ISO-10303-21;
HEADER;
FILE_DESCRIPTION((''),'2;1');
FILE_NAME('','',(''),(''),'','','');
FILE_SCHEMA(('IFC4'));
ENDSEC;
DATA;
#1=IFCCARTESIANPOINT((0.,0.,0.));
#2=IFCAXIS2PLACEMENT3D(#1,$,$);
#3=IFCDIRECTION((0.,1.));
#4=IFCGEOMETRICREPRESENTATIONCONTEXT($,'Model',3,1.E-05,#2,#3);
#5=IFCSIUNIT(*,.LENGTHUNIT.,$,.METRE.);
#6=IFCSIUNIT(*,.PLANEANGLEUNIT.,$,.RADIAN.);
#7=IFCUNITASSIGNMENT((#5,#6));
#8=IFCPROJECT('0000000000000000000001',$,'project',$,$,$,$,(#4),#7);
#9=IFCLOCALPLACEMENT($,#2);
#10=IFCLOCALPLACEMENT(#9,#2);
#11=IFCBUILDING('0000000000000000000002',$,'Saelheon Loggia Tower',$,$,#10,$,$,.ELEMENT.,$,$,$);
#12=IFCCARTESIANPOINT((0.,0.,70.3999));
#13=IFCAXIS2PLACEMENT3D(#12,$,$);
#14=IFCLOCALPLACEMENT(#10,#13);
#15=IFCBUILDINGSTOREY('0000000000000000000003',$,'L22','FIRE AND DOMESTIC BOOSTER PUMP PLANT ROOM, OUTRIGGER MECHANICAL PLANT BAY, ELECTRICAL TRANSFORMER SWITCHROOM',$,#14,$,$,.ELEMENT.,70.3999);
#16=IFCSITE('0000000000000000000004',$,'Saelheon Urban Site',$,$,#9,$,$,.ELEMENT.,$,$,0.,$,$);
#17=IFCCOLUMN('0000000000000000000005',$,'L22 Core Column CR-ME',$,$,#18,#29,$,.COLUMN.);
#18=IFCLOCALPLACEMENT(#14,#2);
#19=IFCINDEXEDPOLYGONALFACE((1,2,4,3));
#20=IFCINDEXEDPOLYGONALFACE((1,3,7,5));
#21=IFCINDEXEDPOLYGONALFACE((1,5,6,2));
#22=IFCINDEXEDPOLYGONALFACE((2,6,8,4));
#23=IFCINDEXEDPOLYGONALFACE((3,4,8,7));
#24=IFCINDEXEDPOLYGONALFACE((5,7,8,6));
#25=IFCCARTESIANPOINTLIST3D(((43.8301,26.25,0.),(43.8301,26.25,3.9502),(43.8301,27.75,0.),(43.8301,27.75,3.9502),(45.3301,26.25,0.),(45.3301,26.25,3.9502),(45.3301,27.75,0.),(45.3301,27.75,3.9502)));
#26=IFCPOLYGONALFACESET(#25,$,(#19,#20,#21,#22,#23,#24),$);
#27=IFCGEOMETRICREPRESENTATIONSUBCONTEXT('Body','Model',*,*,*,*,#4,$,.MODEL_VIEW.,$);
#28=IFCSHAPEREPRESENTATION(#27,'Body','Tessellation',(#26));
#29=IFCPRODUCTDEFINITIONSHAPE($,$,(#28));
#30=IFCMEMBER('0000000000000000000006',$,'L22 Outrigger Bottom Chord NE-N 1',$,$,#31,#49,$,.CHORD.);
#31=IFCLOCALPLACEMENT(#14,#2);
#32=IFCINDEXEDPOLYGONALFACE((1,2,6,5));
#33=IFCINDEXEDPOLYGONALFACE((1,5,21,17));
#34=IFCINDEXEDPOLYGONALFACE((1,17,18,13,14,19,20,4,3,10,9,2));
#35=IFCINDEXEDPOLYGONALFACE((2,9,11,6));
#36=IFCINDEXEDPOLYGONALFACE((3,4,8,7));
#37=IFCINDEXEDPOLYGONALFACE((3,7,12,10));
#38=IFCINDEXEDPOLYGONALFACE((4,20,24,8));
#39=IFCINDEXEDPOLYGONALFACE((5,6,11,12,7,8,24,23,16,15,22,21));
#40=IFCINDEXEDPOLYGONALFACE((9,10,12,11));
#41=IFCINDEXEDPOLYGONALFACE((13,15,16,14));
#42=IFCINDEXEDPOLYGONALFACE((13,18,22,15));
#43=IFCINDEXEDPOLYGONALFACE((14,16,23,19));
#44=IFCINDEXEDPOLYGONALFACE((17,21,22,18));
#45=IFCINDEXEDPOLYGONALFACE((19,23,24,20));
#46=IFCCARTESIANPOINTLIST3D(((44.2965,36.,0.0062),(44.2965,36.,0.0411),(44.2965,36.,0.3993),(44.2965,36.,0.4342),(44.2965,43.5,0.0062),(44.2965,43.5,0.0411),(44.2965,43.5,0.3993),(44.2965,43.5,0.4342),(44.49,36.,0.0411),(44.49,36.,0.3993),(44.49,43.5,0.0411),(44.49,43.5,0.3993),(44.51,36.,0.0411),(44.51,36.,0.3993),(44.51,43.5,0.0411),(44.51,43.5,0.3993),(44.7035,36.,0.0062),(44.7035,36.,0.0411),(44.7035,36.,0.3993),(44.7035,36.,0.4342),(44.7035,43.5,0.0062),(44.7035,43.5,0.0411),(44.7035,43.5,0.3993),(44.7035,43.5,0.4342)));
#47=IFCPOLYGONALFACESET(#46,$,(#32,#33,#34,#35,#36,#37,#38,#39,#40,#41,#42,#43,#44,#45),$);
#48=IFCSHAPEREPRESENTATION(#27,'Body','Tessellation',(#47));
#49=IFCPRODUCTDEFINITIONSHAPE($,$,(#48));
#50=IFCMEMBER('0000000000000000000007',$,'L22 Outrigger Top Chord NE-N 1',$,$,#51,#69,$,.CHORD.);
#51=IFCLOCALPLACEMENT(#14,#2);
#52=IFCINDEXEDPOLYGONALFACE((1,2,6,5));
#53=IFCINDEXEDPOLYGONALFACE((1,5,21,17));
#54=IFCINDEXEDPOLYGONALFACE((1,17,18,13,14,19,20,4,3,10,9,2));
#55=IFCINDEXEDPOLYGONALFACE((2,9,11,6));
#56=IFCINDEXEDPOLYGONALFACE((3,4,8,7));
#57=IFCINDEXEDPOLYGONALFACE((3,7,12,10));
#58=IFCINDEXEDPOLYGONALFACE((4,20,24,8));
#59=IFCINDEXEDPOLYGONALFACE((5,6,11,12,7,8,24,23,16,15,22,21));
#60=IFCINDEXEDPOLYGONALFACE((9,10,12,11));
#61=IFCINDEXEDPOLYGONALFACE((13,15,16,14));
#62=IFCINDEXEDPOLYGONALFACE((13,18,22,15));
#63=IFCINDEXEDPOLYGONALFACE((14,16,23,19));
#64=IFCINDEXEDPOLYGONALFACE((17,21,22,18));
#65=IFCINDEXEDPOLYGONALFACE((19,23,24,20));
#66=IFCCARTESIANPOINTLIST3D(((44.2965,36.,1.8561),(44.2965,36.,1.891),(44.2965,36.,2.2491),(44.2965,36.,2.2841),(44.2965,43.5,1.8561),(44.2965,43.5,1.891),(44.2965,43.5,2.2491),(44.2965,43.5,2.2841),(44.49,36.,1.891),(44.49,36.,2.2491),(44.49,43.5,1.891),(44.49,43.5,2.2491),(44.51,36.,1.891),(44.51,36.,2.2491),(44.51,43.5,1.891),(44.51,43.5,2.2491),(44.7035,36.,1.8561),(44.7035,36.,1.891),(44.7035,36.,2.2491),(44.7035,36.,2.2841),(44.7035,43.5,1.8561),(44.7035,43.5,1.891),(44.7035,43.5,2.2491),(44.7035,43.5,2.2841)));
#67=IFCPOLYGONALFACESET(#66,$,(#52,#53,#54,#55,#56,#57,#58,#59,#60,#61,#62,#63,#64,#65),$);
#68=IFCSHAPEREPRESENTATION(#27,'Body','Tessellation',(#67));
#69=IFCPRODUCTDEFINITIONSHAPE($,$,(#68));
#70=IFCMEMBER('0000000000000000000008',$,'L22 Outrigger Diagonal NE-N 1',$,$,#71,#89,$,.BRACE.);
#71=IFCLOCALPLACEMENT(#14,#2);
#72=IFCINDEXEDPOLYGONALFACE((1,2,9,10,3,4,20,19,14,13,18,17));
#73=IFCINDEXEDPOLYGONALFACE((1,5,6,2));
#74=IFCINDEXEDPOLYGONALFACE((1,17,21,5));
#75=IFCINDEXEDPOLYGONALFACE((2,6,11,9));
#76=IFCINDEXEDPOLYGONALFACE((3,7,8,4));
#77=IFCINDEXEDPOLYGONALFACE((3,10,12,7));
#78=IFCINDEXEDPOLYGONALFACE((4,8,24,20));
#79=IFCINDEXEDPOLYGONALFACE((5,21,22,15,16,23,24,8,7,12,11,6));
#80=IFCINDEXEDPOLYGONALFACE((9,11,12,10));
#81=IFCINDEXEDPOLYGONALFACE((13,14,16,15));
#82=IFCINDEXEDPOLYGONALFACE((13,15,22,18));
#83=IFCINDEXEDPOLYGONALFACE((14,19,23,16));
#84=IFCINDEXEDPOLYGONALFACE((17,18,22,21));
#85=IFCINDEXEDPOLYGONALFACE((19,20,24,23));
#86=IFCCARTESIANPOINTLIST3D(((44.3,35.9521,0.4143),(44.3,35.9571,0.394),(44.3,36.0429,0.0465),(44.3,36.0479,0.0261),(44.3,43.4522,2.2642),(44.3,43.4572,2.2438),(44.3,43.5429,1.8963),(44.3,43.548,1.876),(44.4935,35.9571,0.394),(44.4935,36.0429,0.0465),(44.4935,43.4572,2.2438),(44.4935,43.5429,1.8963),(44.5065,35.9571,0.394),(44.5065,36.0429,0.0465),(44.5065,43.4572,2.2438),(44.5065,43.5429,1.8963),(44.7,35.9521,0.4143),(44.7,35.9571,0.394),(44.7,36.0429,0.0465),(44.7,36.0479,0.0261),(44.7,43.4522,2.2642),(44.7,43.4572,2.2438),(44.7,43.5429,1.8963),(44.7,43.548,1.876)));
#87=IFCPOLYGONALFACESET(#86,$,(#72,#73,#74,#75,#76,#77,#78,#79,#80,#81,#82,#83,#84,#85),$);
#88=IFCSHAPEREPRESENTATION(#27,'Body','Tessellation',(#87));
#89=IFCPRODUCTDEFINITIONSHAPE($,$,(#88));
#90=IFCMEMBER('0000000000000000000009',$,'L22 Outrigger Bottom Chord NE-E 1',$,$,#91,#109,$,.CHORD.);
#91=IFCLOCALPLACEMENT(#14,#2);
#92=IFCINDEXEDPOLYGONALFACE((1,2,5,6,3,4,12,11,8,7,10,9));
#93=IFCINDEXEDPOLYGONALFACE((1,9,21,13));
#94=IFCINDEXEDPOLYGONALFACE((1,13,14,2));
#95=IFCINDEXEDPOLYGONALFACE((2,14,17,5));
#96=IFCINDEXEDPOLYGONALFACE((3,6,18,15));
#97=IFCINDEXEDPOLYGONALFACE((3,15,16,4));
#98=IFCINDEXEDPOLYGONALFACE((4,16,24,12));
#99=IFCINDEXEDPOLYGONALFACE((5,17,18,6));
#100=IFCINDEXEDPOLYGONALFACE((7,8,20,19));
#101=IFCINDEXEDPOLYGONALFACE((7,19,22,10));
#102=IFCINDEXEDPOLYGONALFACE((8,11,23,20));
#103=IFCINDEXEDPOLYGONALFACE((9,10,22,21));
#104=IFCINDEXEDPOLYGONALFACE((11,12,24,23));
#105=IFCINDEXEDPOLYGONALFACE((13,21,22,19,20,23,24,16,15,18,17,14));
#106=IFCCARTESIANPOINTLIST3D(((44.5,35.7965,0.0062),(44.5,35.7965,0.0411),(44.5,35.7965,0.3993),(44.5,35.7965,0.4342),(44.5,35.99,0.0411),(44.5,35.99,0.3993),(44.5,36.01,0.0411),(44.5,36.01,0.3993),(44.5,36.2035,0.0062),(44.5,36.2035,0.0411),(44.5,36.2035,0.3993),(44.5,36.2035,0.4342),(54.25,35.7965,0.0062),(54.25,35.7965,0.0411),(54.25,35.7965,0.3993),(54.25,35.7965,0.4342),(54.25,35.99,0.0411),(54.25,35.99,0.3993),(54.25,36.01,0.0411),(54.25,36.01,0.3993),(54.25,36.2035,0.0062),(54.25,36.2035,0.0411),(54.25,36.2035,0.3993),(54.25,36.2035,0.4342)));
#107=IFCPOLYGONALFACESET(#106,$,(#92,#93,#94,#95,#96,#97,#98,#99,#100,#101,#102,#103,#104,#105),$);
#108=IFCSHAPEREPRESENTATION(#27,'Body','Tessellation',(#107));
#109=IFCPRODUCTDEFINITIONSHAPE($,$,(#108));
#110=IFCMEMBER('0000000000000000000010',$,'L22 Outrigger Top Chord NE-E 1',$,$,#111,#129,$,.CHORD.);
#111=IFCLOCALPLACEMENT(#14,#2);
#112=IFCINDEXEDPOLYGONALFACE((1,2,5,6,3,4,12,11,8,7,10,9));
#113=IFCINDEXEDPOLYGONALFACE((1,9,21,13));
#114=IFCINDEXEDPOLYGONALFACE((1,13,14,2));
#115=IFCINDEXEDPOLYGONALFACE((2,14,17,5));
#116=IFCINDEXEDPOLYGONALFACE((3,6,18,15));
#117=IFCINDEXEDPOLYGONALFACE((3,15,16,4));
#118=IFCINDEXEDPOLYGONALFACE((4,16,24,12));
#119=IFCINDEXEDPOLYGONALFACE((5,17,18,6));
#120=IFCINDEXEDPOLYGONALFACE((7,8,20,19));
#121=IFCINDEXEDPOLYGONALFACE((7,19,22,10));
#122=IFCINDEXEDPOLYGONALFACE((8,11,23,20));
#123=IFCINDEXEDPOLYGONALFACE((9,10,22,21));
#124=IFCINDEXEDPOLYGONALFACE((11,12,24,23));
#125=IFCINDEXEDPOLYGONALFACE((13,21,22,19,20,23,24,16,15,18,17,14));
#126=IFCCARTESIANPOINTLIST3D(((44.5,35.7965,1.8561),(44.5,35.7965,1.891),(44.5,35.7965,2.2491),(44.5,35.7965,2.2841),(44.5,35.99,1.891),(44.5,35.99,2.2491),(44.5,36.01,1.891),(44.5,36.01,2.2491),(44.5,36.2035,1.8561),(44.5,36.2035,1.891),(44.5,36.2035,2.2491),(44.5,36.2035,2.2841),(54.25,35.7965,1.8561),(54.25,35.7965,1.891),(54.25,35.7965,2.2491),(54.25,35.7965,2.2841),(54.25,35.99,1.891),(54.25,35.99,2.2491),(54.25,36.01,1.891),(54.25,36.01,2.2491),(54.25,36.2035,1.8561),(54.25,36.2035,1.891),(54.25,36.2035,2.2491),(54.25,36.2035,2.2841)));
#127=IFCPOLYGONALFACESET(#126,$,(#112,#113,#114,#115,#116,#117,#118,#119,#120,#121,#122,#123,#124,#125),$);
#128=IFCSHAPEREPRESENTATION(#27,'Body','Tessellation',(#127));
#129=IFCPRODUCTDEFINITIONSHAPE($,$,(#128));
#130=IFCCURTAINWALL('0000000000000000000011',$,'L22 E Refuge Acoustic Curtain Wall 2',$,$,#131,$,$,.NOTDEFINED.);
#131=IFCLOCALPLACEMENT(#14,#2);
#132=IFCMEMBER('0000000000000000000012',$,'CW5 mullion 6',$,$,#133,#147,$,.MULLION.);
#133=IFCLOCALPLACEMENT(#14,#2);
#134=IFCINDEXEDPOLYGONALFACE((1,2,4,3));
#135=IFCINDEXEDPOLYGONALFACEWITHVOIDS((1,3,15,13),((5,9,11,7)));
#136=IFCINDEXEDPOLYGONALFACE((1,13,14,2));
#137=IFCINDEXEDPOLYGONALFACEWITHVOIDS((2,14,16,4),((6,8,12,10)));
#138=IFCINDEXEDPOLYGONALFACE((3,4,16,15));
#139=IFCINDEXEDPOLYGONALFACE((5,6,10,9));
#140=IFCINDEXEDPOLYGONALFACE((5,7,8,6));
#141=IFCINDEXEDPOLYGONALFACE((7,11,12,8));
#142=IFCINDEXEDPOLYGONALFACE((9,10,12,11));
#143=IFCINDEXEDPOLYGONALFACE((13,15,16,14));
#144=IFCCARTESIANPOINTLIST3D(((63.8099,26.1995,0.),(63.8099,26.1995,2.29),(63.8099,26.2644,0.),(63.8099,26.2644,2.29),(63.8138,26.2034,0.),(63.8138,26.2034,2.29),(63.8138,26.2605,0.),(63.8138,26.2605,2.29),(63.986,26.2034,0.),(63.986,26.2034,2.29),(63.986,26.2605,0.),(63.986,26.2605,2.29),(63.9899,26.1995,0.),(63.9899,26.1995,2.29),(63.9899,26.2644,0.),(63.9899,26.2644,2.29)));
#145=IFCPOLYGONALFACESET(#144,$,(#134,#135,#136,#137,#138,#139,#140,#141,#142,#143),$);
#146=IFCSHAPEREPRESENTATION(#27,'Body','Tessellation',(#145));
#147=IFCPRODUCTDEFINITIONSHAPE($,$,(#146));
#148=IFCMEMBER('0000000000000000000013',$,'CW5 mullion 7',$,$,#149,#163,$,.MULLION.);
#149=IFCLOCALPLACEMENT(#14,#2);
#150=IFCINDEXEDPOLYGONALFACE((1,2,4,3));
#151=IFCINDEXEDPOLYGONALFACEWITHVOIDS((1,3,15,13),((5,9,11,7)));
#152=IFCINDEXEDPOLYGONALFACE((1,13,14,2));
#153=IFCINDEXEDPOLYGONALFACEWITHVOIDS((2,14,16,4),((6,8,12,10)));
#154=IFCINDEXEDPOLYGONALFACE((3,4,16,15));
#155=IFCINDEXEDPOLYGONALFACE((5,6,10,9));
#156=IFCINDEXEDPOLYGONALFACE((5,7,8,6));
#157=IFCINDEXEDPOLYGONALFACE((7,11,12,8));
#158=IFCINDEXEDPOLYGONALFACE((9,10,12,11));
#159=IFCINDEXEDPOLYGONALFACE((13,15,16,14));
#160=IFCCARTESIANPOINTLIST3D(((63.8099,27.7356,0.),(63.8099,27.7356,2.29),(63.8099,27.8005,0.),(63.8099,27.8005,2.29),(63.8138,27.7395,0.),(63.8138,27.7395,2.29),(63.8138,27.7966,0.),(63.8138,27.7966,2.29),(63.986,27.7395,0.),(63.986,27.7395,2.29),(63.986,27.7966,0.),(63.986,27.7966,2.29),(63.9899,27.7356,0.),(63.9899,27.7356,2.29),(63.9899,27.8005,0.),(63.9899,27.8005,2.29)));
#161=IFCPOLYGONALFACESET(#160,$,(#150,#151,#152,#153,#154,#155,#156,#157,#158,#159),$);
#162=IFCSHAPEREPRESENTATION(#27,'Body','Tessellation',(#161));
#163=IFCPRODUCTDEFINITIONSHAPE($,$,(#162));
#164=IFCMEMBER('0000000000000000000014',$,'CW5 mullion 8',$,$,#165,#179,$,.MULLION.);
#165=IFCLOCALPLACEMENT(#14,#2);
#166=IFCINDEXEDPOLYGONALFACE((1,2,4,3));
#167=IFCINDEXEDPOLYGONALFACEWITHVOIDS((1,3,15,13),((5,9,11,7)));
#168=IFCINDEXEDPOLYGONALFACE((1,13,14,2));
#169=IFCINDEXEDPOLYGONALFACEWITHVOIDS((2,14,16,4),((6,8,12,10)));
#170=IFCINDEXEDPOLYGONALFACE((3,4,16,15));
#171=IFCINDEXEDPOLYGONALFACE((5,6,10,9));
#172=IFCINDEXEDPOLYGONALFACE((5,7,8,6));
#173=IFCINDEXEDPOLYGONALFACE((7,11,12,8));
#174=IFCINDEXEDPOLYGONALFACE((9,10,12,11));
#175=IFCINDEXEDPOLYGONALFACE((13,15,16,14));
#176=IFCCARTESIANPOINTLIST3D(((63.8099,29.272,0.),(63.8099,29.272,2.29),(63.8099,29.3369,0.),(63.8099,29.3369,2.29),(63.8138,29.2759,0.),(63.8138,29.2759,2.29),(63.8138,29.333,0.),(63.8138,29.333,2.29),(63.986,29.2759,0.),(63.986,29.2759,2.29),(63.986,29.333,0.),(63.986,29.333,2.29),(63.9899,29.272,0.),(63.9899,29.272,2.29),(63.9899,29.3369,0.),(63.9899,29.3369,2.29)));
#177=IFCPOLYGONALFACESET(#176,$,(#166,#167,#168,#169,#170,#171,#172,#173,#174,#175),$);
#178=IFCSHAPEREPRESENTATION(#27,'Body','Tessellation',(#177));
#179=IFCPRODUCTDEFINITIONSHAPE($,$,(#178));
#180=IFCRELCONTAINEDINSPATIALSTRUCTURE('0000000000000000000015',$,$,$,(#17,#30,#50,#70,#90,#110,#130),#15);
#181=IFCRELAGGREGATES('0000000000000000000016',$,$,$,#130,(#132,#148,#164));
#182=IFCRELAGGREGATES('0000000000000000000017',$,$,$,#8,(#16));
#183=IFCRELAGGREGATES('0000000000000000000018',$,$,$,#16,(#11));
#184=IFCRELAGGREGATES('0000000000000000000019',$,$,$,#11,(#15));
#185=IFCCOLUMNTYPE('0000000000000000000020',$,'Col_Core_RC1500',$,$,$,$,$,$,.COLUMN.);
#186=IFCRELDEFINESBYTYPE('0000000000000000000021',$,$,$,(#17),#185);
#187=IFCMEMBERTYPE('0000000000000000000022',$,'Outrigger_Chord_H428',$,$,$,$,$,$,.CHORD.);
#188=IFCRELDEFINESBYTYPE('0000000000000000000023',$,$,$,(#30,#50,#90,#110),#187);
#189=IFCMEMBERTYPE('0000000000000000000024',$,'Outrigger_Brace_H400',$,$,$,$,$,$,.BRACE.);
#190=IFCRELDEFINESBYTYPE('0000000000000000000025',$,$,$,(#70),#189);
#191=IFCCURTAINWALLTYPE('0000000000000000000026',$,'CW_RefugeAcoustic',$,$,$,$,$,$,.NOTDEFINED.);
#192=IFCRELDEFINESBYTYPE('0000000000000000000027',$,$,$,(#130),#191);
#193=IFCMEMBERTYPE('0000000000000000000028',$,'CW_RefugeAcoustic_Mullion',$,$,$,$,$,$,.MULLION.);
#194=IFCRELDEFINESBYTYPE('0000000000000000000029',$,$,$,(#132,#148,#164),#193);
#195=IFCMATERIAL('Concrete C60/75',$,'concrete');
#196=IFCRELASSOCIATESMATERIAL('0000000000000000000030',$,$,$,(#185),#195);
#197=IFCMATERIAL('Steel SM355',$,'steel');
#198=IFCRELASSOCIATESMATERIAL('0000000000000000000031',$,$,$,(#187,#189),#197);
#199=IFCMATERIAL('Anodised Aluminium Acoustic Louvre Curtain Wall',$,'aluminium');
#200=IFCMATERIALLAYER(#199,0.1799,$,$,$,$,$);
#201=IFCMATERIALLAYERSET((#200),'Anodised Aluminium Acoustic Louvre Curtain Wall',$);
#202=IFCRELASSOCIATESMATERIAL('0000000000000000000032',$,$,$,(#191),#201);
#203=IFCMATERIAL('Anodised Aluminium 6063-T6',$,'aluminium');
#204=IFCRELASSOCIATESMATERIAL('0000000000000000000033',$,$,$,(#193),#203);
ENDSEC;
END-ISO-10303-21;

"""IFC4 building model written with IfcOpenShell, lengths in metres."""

from ifc_helpers import new_model, si_unit, direction, frame, origin, origin_2d, place, context, subcontext, project, spatial, rectangle, hollow_rectangle, i_section, extrude, source, transform, mapped, material, layer, layer_set, material_profile, profile_set, type_object, element, aggregate, save


model = new_model("IFC4")

# Units and contexts
model_context = context("Model", 3, precision=1e-05, world=origin(), true_north=direction((0.0, 1.0)))
body_context = subcontext(model_context, "Body", "Model", "MODEL_VIEW")
ifc_project = project(units=[si_unit("LENGTHUNIT", "METRE"), si_unit("PLANEANGLEUNIT", "RADIAN")], contexts=[model_context])

# Site, building, storey
site_placement = place(None, origin())
site = spatial("IfcSite", under=ifc_project, at=site_placement, Name="Saelheon Urban Site", CompositionType="ELEMENT", RefElevation=0.0)
building_placement = place(site_placement, origin())
building = spatial("IfcBuilding", under=site, at=building_placement, Name="Saelheon Loggia Tower", CompositionType="ELEMENT")
storey_placement = place(building_placement, frame((0.0, 0.0, 70.3999)))
storey = spatial("IfcBuildingStorey", under=building, at=storey_placement, Name="L22", Description="FIRE AND DOMESTIC BOOSTER PUMP PLANT ROOM, OUTRIGGER MECHANICAL PLANT BAY, ELECTRICAL TRANSFORMER SWITCHROOM", CompositionType="ELEMENT", Elevation=70.3999)

# Column
ifc_material_1 = material(Name="Concrete C60/75", Category="concrete")
ifc_material_profile_1 = material_profile(ifc_material_1, rectangle(XDim=1.5, YDim=1.5, at=origin_2d()), Name="RC-1500x1500")
ifc_profile_set_1 = profile_set([ifc_material_profile_1], Name="Concrete C60/75")
column_type = type_object("IfcColumnType", Name="Col_Core_RC1500", PredefinedType="COLUMN", material=ifc_profile_set_1)
shared_shape_1 = source(origin(), body_context, "Body", "SweptSolid", [
    extrude(rectangle(XDim=1.5, YDim=1.5, at=origin_2d()), origin(), (0.0, 0.0, 1.0), 3.9502),
])
column_placement = place(storey_placement, frame((44.5801, 27.0, 0.0), z_axis=(0.0, 0.0, 1.0), x_axis=(1.0, 0.0, 0.0)))
element("IfcColumn", 1, at=column_placement, inside=storey, type_object=column_type, Name="L22 Core Column CR-ME", PredefinedType="COLUMN", context=body_context, shape_type="MappedRepresentation", body=[
    mapped(shared_shape_1, transform((0.0, 0.0, 0.0), scale=1.0)),
])

# Members
ifc_material_2 = material(Name="Steel SM355", Category="steel")
ifc_material_profile_2 = material_profile(ifc_material_2, i_section(OverallWidth=0.407, OverallDepth=0.428, WebThickness=0.02, FlangeThickness=0.0349, at=origin_2d()), Name="H-428x407x20x35")
ifc_profile_set_2 = profile_set([ifc_material_profile_2], Name="Steel SM355")
member_type_1 = type_object("IfcMemberType", Name="Outrigger_Chord_H428", PredefinedType="CHORD", material=ifc_profile_set_2)
shared_shape_2 = source(origin(), body_context, "Body", "SweptSolid", [
    extrude(i_section(OverallWidth=0.407, OverallDepth=0.428, WebThickness=0.02, FlangeThickness=0.0349, at=origin_2d()), origin(), (0.0, 0.0, 1.0), 7.5),
])
for number, where, z_axis, x_axis, name in (
    (2, (44.5, 36.0, 0.2202), (0.0, 1.0, 0.0), (-1.0, 0.0, 0.0), "L22 Outrigger Bottom Chord NE-N 1"),
    (3, (44.5, 36.0, 2.0701), (0.0, 1.0, 0.0), (-1.0, 0.0, 0.0), "L22 Outrigger Top Chord NE-N 1"),
):
    element("IfcMember", number, at=place(storey_placement, frame(where, z_axis=z_axis, x_axis=x_axis)), inside=storey, type_object=member_type_1, Name=name, PredefinedType="CHORD", context=body_context, shape_type="MappedRepresentation", body=[
        mapped(shared_shape_2, transform((0.0, 0.0, 0.0), scale=1.0)),
    ])
ifc_material_profile_3 = material_profile(ifc_material_2, i_section(OverallWidth=0.3999, OverallDepth=0.3999, WebThickness=0.0129, FlangeThickness=0.021, at=origin_2d()), Name="H-400x400x13x21")
ifc_profile_set_3 = profile_set([ifc_material_profile_3], Name="Steel SM355")
member_type_2 = type_object("IfcMemberType", Name="Outrigger_Brace_H400", PredefinedType="BRACE", material=ifc_profile_set_3)
shared_shape_3 = source(origin(), body_context, "Body", "SweptSolid", [
    extrude(i_section(OverallWidth=0.3999, OverallDepth=0.3999, WebThickness=0.0129, FlangeThickness=0.021, at=origin_2d()), origin(), (0.0, 0.0, 1.0), 7.7249),
])
member_1_placement = place(storey_placement, frame((44.5, 36.0, 0.2202), z_axis=(0.0, 0.970904, 0.239471), x_axis=(-1.0, 0.0, 0.0)))
element("IfcMember", 4, at=member_1_placement, inside=storey, type_object=member_type_2, Name="L22 Outrigger Diagonal NE-N 1", PredefinedType="BRACE", context=body_context, shape_type="MappedRepresentation", body=[
    mapped(shared_shape_3, transform((0.0, 0.0, 0.0), scale=1.0)),
])
shared_shape_4 = source(origin(), body_context, "Body", "SweptSolid", [
    extrude(i_section(OverallWidth=0.407, OverallDepth=0.428, WebThickness=0.02, FlangeThickness=0.0349, at=origin_2d()), origin(), (0.0, 0.0, 1.0), 9.75),
])
for number, where, z_axis, x_axis, name in (
    (5, (44.5, 36.0, 0.2202), (1.0, 0.0, 0.0), (0.0, 1.0, 0.0), "L22 Outrigger Bottom Chord NE-E 1"),
    (6, (44.5, 36.0, 2.0701), (1.0, 0.0, 0.0), (0.0, 1.0, 0.0), "L22 Outrigger Top Chord NE-E 1"),
):
    element("IfcMember", number, at=place(storey_placement, frame(where, z_axis=z_axis, x_axis=x_axis)), inside=storey, type_object=member_type_1, Name=name, PredefinedType="CHORD", context=body_context, shape_type="MappedRepresentation", body=[
        mapped(shared_shape_4, transform((0.0, 0.0, 0.0), scale=1.0)),
    ])

# Curtain wall, members
ifc_material_3 = material(Name="Anodised Aluminium Acoustic Louvre Curtain Wall", Category="aluminium")
ifc_layer_1 = layer(ifc_material_3, 0.1799)
ifc_layer_set_1 = layer_set([ifc_layer_1], Name="Anodised Aluminium Acoustic Louvre Curtain Wall")
curtain_wall_type = type_object("IfcCurtainWallType", Name="CW_RefugeAcoustic", PredefinedType="NOTDEFINED", material=ifc_layer_set_1)
curtain_wall_placement = place(storey_placement, origin())
curtain_wall = element("IfcCurtainWall", 7, at=curtain_wall_placement, inside=storey, type_object=curtain_wall_type, Name="L22 E Refuge Acoustic Curtain Wall 2", PredefinedType="NOTDEFINED")
ifc_material_4 = material(Name="Anodised Aluminium 6063-T6", Category="aluminium")
ifc_material_profile_4 = material_profile(ifc_material_4, hollow_rectangle(XDim=0.0649, YDim=0.1799, WallThickness=0.0039, at=origin_2d()), Name="RHS-180x65x4")
ifc_profile_set_4 = profile_set([ifc_material_profile_4], Name="Anodised Aluminium 6063-T6")
member_type_3 = type_object("IfcMemberType", Name="CW_RefugeAcoustic_Mullion", PredefinedType="MULLION", material=ifc_profile_set_4)
shared_shape_5 = source(origin(), body_context, "Body", "SweptSolid", [
    extrude(hollow_rectangle(XDim=0.0649, YDim=0.1799, WallThickness=0.0039, at=origin_2d()), origin(), (0.0, 0.0, 1.0), 2.29),
])
member_2_placement = place(storey_placement, frame((63.8999, 26.2319, 0.0), z_axis=(0.0, 0.0, 1.0), x_axis=(0.0, 1.0, 0.0)))
member_2 = element("IfcMember", 8, at=member_2_placement, type_object=member_type_3, Name="CW5 mullion 6", PredefinedType="MULLION", context=body_context, shape_type="MappedRepresentation", body=[
    mapped(shared_shape_5, transform((0.0, 0.0, 0.0), scale=1.0)),
])
member_3_placement = place(storey_placement, frame((63.8999, 27.7681, 0.0), z_axis=(0.0, 0.0, 1.0), x_axis=(0.0, 1.0, 0.0)))
member_3 = element("IfcMember", 9, at=member_3_placement, type_object=member_type_3, Name="CW5 mullion 7", PredefinedType="MULLION", context=body_context, shape_type="MappedRepresentation", body=[
    mapped(shared_shape_5, transform((0.0, 0.0, 0.0), scale=1.0)),
])
member_4_placement = place(storey_placement, frame((63.8999, 29.3044, 0.0), z_axis=(0.0, 0.0, 1.0), x_axis=(0.0, 1.0, 0.0)))
member_4 = element("IfcMember", 10, at=member_4_placement, type_object=member_type_3, Name="CW5 mullion 8", PredefinedType="MULLION", context=body_context, shape_type="MappedRepresentation", body=[
    mapped(shared_shape_5, transform((0.0, 0.0, 0.0), scale=1.0)),
])
aggregate(curtain_wall, [member_2, member_3, member_4])

save(model, "model.ifc")
